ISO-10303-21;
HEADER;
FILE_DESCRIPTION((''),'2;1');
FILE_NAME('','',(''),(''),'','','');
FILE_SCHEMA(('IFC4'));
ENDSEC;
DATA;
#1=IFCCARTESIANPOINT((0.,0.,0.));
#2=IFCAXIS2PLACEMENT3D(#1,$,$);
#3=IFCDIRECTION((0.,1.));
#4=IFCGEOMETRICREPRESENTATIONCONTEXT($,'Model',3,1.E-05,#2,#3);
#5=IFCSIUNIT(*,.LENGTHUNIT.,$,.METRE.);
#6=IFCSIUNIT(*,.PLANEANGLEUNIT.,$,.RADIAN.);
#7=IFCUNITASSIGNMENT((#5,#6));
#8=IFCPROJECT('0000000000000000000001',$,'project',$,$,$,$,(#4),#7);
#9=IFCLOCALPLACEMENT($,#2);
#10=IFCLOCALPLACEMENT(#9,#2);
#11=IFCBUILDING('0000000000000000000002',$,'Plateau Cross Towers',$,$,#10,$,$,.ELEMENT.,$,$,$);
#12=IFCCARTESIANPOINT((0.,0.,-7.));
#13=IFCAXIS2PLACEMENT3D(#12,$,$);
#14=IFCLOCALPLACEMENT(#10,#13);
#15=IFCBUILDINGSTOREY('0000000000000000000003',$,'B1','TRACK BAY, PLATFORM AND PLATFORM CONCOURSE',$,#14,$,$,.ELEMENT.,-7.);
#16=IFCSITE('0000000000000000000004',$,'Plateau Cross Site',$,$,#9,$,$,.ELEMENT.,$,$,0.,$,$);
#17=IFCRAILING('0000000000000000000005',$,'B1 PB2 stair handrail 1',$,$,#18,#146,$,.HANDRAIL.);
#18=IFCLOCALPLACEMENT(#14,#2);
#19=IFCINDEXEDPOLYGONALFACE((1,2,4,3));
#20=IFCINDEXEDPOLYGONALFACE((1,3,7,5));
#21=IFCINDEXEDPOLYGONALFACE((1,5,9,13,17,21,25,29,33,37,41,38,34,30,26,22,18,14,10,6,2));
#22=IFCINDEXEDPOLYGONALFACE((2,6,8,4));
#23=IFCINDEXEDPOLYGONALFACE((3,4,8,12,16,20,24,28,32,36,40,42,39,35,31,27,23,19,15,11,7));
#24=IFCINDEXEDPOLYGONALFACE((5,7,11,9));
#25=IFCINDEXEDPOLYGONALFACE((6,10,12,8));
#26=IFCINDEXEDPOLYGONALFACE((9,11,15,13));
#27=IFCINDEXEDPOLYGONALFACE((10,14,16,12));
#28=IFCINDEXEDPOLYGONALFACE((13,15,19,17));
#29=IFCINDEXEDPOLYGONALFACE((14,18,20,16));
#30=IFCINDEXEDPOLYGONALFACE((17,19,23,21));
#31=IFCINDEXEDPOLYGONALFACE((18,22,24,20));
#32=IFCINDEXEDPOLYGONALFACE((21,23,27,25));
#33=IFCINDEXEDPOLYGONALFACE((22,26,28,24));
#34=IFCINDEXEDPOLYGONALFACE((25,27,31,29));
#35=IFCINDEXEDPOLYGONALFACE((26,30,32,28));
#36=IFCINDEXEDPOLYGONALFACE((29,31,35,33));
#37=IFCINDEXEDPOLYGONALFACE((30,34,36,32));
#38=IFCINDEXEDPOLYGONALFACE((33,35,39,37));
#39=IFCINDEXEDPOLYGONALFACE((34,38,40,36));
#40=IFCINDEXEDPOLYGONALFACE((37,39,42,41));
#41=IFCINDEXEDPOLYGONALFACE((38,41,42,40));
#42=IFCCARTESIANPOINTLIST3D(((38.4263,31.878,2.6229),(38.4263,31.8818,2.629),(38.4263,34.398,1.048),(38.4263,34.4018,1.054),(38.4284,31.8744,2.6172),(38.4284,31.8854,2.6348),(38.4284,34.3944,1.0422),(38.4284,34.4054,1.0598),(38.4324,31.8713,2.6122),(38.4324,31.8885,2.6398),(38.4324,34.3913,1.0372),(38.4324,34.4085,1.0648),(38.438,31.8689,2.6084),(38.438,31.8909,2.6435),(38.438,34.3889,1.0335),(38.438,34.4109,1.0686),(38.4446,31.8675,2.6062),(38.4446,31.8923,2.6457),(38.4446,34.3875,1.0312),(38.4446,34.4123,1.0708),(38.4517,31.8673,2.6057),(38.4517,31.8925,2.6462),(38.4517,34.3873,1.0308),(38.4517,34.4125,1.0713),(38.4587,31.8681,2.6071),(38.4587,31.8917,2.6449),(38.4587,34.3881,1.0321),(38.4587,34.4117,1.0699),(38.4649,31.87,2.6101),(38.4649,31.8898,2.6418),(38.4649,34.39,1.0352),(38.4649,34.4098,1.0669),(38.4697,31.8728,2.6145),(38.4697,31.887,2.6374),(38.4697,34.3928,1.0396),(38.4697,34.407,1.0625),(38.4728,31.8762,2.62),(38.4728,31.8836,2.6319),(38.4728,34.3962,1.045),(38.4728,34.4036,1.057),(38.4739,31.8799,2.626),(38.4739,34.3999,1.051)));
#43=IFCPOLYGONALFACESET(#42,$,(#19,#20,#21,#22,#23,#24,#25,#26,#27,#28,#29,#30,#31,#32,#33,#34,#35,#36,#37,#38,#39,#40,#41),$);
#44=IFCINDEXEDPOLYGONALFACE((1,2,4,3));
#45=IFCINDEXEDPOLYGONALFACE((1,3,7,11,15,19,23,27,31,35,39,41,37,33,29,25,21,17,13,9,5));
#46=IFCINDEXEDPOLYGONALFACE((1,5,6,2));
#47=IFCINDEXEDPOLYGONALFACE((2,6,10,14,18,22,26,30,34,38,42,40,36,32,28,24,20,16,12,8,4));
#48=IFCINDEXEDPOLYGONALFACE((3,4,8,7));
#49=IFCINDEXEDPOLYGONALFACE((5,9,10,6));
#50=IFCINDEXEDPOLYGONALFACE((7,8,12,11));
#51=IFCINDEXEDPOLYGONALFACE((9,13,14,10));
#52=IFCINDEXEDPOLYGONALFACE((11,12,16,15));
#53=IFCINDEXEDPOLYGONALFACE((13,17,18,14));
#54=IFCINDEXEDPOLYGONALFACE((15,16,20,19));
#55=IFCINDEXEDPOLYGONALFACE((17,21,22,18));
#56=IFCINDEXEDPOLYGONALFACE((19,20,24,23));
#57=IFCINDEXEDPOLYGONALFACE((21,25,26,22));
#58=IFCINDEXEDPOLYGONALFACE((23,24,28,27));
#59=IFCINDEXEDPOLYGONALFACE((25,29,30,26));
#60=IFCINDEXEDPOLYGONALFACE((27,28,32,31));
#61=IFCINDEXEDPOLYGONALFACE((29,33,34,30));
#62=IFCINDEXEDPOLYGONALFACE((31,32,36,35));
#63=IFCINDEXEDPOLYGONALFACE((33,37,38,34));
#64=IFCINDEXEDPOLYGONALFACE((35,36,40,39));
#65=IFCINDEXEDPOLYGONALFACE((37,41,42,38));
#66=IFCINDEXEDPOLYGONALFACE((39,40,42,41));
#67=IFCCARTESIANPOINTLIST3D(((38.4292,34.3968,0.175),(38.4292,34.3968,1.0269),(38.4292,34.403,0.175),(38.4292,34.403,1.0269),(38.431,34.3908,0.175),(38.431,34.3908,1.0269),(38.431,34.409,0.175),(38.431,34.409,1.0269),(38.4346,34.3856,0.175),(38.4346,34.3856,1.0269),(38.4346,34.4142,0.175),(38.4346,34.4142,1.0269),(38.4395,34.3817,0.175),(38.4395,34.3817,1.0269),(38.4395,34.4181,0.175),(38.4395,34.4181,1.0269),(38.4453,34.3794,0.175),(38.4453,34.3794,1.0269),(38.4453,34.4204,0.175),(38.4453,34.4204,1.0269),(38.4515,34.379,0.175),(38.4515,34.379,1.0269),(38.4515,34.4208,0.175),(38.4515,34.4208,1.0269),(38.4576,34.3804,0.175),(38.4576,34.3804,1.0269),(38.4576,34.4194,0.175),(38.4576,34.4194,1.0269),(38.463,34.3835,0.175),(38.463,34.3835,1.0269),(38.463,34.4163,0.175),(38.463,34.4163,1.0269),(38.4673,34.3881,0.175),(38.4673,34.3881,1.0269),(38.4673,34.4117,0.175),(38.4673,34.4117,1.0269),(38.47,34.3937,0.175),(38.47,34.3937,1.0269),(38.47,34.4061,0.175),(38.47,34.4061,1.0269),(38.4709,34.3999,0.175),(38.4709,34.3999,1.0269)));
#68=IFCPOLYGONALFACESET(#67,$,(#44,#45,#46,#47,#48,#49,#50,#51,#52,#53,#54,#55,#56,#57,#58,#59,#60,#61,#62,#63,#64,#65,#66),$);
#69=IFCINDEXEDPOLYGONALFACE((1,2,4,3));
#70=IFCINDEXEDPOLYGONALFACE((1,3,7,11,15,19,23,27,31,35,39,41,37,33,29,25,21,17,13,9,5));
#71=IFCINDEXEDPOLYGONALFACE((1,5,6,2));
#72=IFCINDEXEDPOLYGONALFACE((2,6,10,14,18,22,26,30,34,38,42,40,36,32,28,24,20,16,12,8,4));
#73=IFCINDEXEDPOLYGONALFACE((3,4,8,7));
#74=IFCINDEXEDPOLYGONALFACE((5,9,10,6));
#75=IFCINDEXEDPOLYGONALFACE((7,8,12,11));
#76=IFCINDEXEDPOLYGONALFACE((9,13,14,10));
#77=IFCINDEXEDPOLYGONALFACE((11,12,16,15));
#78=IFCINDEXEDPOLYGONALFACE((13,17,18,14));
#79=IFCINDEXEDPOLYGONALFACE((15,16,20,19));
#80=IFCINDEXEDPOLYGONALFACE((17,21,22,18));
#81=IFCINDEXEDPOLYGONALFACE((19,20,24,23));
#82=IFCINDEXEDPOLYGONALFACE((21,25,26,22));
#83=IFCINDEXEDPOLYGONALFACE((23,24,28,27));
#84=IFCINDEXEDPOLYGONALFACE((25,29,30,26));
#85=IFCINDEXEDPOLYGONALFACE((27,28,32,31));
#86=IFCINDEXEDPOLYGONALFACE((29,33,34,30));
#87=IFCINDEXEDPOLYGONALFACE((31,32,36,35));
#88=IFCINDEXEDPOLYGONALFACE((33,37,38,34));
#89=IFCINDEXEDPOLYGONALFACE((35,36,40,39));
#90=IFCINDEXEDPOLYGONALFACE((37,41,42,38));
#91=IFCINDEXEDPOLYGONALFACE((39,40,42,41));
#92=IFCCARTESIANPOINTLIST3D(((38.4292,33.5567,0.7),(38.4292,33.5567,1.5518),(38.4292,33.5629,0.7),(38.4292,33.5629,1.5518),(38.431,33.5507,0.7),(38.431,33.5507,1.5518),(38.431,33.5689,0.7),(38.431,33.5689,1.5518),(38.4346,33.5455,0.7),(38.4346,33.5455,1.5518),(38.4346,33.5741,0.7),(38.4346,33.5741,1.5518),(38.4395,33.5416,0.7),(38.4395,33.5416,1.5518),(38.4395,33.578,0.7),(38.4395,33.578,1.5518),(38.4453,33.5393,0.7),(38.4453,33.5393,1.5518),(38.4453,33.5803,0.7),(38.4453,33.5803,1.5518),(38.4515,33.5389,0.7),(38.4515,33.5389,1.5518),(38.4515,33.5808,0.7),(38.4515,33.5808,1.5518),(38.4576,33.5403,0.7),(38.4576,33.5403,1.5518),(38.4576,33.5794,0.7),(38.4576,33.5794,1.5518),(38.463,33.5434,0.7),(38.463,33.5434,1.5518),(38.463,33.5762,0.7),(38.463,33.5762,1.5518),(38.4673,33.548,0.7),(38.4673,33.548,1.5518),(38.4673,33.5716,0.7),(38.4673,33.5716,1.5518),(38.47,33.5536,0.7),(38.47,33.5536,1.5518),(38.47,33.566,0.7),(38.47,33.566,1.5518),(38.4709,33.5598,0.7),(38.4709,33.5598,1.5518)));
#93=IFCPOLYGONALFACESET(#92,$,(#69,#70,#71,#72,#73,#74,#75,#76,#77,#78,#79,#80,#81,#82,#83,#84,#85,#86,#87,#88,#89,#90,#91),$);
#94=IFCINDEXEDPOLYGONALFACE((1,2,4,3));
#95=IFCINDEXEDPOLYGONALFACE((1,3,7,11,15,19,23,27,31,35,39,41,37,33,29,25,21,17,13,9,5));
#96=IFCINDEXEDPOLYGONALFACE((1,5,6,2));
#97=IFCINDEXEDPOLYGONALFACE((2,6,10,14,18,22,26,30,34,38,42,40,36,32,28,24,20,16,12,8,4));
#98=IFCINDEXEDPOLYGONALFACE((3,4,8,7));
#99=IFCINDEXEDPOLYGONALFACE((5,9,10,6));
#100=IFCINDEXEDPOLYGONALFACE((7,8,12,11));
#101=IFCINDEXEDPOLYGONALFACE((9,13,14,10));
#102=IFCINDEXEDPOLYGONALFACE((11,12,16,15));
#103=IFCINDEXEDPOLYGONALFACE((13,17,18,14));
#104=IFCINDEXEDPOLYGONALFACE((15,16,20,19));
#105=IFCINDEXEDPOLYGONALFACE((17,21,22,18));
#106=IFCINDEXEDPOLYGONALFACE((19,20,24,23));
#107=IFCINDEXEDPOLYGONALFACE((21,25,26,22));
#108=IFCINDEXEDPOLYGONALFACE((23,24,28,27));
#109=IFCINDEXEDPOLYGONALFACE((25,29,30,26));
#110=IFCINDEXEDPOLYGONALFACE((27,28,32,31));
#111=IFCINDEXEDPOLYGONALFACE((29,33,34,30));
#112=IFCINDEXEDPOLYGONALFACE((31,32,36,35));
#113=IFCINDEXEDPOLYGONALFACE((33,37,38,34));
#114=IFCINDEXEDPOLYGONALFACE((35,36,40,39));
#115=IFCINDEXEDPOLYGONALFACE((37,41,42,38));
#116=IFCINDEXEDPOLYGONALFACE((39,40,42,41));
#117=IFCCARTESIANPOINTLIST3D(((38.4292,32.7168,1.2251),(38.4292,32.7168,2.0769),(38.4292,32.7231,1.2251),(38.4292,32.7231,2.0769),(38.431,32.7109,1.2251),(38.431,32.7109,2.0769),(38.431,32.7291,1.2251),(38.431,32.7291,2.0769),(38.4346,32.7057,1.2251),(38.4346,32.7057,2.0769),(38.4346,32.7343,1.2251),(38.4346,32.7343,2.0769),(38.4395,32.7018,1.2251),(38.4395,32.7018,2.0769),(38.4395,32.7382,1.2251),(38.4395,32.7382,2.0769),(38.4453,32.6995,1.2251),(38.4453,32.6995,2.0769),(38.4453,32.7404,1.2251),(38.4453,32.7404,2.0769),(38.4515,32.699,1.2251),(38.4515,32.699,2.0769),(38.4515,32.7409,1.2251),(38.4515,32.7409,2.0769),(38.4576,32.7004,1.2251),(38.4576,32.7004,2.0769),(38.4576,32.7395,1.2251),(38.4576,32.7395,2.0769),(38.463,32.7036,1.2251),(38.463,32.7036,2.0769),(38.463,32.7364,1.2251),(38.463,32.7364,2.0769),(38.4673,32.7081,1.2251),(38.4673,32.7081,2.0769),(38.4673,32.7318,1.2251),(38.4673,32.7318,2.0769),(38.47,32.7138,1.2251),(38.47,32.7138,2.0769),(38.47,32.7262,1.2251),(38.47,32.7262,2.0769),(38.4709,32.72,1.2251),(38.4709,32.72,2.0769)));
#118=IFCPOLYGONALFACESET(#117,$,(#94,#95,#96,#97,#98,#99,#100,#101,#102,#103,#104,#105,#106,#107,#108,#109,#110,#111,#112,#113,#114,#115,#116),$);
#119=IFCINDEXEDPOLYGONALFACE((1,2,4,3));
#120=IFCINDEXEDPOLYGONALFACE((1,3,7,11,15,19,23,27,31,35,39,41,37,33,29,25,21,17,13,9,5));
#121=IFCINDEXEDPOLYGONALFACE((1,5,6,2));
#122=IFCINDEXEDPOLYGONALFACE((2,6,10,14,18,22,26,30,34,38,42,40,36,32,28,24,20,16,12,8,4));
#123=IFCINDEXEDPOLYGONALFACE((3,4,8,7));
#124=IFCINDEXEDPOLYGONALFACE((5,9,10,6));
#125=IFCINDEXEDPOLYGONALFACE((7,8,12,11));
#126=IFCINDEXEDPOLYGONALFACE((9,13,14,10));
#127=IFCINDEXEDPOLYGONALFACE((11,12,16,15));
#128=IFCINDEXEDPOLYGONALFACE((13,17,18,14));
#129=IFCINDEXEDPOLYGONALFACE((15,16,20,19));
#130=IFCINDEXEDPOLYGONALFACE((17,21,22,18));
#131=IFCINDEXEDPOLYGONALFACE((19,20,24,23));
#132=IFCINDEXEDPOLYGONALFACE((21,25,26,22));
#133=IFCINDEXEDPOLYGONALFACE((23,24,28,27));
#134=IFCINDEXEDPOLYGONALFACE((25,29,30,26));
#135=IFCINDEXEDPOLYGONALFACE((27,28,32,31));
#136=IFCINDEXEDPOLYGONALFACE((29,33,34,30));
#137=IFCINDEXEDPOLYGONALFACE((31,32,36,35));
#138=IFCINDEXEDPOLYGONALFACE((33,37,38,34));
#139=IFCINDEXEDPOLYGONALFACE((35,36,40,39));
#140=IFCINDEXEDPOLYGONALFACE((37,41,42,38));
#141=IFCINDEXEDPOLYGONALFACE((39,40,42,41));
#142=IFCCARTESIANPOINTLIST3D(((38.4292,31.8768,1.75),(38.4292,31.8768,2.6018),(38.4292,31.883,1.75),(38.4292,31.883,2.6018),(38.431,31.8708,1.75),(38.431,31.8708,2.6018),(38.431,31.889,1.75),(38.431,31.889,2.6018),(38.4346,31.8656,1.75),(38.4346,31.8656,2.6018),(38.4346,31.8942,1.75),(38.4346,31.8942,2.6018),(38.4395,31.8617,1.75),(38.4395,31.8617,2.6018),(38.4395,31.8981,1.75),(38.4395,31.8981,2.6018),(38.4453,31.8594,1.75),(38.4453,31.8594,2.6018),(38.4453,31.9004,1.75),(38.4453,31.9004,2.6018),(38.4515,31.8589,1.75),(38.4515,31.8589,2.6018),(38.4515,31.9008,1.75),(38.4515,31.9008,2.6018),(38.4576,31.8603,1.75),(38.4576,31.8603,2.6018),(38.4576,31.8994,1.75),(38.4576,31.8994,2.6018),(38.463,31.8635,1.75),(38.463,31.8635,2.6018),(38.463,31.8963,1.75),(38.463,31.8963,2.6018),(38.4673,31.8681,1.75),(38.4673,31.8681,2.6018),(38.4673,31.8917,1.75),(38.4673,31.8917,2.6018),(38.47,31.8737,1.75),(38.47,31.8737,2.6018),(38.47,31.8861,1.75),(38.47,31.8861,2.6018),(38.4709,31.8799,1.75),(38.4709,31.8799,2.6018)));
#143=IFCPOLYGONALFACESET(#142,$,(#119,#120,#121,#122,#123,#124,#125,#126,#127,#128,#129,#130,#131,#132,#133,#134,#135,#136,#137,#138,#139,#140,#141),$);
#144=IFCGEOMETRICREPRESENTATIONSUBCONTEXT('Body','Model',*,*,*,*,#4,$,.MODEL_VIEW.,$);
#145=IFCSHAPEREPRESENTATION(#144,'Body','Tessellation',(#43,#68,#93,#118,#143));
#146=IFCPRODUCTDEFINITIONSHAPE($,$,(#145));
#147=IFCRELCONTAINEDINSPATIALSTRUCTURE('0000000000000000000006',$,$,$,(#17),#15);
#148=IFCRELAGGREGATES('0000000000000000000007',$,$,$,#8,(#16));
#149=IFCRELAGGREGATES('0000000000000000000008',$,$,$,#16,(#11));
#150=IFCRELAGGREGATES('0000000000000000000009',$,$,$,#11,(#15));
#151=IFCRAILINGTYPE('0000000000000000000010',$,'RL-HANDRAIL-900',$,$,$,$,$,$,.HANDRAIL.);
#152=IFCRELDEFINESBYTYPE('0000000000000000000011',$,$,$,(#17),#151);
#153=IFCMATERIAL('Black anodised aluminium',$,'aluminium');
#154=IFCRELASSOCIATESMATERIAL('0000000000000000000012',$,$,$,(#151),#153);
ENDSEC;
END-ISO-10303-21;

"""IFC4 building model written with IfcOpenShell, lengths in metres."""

from ifc_helpers import new_model, si_unit, direction, frame, origin, origin_2d, place, context, subcontext, project, spatial, circle, extrude, material, type_object, element, save


model = new_model("IFC4")

# Units and contexts
model_context = context("Model", 3, precision=1e-05, world=origin(), true_north=direction((0.0, 1.0)))
body_context = subcontext(model_context, "Body", "Model", "MODEL_VIEW")
ifc_project = project(units=[si_unit("LENGTHUNIT", "METRE"), si_unit("PLANEANGLEUNIT", "RADIAN")], contexts=[model_context])

# Site, building, storey
site_placement = place(None, origin())
site = spatial("IfcSite", under=ifc_project, at=site_placement, Name="Plateau Cross Site", CompositionType="ELEMENT", RefElevation=0.0)
building_placement = place(site_placement, origin())
building = spatial("IfcBuilding", under=site, at=building_placement, Name="Plateau Cross Towers", CompositionType="ELEMENT")
storey_placement = place(building_placement, frame((0.0, 0.0, -7.0)))
storey = spatial("IfcBuildingStorey", under=building, at=storey_placement, Name="B1", Description="TRACK BAY, PLATFORM AND PLATFORM CONCOURSE", CompositionType="ELEMENT", Elevation=-7.0)

# Railing
ifc_material_1 = material(Name="Black anodised aluminium", Category="aluminium")
railing_type_1 = type_object("IfcRailingType", Name="RL-HANDRAIL-900", PredefinedType="HANDRAIL", material=ifc_material_1)
railing_1_placement = place(storey_placement, frame((38.45, 34.3999, 0.175)))
element("IfcRailing", 1, at=railing_1_placement, inside=storey, type_object=railing_type_1, Name="B1 PB2 stair handrail 1", PredefinedType="HANDRAIL", context=body_context, shape_type="SweptSolid", body=[
    extrude(circle(Radius=0.0239, at=origin_2d()), frame((0.0, 0.0, 0.876), z_axis=(0.0, -0.848008, 0.529984), x_axis=(1.0, 0.0, 0.0)), (0.0, 0.0, 1.0), 2.9717),
    extrude(circle(Radius=0.021, at=origin_2d()), origin(), (0.0, 0.0, 1.0), 0.8518),
    extrude(circle(Radius=0.021, at=origin_2d()), frame((0.0, -0.8401, 0.5249)), (0.0, 0.0, 1.0), 0.8518),
    extrude(circle(Radius=0.021, at=origin_2d()), frame((0.0, -1.6799, 1.05)), (0.0, 0.0, 1.0), 0.8518),
    extrude(circle(Radius=0.021, at=origin_2d()), frame((0.0, -2.52, 1.575)), (0.0, 0.0, 1.0), 0.8518),
])

save(model, "model.ifc")
